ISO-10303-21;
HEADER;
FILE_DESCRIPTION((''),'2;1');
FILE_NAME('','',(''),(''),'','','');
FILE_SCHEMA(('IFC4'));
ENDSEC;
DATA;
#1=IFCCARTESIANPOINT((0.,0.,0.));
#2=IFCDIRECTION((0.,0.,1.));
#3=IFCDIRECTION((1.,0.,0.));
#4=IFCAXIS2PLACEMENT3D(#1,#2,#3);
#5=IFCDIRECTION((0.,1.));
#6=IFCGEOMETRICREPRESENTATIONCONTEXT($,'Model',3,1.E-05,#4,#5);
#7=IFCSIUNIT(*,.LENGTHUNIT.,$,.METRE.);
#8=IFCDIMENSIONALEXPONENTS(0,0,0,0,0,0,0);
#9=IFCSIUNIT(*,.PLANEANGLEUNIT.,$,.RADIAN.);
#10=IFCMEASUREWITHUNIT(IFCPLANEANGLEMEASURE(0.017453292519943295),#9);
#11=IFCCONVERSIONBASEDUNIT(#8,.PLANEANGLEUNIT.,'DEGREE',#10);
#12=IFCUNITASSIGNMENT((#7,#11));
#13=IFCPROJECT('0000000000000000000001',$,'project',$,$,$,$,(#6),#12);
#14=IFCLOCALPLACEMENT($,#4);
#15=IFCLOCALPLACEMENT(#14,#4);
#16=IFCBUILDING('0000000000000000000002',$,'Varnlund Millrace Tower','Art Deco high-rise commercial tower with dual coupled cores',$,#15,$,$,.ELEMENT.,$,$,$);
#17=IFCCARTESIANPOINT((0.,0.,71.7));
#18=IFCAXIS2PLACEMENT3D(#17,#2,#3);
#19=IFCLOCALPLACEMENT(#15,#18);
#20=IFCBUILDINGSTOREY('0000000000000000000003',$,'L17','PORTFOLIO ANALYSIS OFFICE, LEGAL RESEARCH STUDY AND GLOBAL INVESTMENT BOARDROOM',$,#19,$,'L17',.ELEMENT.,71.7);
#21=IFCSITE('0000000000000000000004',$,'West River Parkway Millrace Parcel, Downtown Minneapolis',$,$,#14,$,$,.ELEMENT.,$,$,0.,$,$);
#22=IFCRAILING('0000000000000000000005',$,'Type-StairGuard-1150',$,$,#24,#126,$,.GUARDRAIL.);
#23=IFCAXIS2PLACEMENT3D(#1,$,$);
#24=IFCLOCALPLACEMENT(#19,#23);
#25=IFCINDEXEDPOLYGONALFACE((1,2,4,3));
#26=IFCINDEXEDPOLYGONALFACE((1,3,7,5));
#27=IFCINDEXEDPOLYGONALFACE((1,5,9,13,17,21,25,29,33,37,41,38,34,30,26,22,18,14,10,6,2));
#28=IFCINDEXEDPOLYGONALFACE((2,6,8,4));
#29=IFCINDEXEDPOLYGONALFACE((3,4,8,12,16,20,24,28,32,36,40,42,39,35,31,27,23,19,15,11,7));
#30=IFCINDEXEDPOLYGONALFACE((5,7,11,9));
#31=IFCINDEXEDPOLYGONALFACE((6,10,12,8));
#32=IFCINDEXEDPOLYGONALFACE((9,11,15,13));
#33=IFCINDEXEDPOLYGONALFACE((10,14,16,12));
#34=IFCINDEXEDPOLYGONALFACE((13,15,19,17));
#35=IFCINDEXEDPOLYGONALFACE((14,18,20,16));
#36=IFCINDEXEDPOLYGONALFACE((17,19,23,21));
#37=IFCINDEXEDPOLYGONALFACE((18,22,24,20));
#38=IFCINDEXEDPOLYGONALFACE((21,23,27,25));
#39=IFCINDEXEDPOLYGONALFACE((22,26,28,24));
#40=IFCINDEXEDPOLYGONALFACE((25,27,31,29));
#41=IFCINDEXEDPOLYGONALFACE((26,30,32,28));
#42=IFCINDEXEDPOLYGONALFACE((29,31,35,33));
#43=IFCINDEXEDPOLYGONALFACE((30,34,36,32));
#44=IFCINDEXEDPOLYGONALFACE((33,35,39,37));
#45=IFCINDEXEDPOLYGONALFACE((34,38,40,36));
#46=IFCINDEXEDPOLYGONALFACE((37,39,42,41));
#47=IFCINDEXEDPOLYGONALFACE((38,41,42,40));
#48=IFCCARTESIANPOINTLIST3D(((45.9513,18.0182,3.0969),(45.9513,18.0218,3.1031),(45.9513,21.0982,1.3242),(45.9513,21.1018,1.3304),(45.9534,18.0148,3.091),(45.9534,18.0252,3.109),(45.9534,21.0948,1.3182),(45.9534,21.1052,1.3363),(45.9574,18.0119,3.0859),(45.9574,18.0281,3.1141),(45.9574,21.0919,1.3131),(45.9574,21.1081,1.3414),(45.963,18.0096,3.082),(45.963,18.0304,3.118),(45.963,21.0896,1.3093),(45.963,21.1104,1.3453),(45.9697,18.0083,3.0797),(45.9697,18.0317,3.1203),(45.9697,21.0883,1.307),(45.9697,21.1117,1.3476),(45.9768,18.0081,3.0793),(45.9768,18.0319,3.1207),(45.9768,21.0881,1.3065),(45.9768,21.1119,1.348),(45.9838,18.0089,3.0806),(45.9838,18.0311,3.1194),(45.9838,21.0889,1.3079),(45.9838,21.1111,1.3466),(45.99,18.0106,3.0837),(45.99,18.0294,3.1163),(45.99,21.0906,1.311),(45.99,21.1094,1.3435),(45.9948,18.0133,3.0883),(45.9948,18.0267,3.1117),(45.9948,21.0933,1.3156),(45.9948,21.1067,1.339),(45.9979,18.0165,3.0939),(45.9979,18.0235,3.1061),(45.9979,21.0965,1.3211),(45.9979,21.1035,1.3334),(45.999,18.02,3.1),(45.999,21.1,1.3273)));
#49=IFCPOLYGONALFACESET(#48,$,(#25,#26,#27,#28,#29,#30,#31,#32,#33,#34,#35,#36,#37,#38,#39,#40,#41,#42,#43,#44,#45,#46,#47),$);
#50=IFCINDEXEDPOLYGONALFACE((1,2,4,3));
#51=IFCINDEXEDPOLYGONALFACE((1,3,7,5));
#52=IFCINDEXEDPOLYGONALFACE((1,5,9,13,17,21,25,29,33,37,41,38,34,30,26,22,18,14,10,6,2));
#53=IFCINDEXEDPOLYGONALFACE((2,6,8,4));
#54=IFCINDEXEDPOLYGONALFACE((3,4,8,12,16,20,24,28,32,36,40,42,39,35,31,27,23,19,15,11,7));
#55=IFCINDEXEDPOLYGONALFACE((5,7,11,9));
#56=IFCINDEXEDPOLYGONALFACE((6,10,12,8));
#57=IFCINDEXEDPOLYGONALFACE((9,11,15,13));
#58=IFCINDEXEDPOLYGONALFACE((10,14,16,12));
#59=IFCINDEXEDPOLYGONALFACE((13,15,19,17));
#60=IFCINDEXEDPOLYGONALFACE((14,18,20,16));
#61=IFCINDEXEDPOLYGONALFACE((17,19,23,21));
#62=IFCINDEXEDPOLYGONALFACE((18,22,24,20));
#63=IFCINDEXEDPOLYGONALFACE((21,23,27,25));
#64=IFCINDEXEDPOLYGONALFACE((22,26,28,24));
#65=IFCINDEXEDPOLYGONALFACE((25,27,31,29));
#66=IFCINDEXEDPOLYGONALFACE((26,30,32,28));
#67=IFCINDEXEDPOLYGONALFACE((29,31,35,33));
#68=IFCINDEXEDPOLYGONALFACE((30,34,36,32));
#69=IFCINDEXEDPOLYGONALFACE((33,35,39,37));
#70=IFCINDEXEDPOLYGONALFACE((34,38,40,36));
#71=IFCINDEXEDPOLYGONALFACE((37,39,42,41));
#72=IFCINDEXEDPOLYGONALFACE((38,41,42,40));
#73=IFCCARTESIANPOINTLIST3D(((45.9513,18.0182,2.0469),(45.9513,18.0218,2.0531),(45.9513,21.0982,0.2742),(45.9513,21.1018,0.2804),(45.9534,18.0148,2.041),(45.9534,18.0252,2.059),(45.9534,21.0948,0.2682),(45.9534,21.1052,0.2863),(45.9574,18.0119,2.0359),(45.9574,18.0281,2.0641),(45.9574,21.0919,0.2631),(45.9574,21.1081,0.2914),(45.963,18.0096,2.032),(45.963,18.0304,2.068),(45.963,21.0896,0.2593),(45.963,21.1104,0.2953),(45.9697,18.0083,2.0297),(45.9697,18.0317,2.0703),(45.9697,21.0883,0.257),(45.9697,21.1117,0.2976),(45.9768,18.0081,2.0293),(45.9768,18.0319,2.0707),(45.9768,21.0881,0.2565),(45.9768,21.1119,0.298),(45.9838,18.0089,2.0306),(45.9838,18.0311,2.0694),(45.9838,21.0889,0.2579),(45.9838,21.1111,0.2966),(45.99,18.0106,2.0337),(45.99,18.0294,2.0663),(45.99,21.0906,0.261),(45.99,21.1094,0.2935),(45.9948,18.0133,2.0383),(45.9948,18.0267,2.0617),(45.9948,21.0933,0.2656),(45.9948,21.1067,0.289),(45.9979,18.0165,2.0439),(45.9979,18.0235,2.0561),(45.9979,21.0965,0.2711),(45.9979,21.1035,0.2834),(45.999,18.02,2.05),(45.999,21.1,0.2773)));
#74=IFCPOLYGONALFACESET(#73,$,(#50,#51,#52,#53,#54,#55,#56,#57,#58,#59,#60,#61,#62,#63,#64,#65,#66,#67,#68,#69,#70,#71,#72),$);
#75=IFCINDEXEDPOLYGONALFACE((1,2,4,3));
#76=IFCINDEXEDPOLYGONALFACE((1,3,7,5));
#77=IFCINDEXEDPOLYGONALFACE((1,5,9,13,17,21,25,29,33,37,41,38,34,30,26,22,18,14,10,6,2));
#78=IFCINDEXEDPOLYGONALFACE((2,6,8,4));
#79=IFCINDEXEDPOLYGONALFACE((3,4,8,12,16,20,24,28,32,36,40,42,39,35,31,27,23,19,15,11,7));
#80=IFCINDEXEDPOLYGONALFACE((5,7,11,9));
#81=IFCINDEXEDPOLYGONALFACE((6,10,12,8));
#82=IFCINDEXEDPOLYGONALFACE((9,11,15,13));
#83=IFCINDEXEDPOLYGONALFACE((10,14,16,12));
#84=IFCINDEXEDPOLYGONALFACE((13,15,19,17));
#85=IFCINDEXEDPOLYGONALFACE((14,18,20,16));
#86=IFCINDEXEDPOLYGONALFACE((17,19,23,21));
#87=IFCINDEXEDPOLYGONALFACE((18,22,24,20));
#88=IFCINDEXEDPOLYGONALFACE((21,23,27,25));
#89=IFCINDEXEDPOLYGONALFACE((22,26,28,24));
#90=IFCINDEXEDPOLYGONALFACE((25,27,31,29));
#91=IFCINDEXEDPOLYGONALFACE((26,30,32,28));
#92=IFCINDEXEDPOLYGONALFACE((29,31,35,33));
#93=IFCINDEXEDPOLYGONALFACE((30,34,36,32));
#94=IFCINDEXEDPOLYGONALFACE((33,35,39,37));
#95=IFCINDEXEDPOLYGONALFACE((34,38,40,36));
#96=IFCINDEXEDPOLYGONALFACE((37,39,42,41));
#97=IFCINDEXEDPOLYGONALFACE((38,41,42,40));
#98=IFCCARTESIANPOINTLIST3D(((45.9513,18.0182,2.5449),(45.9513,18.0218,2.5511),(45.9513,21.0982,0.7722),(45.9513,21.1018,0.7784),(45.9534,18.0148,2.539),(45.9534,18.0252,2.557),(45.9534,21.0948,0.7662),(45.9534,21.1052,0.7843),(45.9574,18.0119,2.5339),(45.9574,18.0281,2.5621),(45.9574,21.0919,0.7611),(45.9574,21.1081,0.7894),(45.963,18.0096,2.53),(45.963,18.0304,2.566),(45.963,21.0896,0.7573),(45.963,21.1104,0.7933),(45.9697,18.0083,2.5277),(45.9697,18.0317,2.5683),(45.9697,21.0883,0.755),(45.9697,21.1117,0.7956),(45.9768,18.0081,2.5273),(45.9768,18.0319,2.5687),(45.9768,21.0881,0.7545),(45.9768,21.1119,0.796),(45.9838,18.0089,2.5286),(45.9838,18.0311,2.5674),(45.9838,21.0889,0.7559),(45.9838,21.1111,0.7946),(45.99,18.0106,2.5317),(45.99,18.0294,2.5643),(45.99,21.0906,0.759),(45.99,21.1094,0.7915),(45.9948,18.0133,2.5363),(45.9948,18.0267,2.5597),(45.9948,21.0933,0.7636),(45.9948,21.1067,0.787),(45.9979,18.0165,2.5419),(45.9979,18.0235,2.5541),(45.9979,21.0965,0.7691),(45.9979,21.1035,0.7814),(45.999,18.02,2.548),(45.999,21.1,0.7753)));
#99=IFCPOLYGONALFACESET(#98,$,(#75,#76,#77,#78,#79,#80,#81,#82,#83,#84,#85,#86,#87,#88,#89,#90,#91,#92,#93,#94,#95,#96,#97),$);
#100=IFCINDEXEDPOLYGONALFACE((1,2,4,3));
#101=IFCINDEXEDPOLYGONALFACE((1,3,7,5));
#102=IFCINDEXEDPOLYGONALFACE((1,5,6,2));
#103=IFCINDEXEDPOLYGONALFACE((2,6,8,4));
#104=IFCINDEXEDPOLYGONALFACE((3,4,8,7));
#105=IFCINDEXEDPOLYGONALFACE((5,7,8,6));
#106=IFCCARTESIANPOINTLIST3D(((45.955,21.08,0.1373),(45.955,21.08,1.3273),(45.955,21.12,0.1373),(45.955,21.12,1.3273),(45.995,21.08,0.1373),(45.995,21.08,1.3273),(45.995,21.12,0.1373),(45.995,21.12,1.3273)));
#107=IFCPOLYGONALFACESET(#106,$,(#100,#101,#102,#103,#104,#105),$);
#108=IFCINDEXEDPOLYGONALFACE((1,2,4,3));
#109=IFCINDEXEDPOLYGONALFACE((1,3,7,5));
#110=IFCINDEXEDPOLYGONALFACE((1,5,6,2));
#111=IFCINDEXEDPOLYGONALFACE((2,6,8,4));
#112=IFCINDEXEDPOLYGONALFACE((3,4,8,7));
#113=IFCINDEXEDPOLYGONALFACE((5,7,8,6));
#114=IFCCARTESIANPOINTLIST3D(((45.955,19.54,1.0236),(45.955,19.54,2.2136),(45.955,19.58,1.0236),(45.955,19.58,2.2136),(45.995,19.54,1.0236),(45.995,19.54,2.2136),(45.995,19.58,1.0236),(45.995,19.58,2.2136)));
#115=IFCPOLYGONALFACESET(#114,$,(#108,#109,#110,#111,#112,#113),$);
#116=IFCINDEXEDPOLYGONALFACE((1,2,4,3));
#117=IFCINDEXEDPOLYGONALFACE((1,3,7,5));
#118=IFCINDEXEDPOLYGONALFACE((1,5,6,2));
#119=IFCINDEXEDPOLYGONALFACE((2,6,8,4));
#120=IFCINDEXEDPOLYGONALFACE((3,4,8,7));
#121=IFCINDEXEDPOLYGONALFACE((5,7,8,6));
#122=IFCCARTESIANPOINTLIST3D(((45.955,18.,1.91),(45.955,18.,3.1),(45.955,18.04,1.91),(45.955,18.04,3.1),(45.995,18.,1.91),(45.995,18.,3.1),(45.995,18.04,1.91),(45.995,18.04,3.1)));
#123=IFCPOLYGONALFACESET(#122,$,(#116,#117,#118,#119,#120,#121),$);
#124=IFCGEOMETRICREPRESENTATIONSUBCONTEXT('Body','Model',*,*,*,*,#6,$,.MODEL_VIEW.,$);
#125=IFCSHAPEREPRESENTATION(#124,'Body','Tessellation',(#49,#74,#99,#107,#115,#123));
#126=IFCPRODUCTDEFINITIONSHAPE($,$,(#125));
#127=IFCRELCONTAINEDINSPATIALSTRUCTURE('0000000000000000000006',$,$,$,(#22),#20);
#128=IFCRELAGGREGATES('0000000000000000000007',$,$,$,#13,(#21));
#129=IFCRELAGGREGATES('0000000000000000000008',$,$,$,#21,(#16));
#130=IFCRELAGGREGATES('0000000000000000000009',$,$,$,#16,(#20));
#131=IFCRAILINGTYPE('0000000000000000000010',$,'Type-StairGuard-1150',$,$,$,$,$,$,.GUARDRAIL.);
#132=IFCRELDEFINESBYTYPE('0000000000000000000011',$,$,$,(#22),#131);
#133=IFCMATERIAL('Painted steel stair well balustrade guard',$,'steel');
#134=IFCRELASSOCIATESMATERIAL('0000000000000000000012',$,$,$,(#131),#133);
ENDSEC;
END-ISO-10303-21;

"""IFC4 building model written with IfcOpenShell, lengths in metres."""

from ifc_helpers import new_model, entity, si_unit, converted_unit, direction, frame, origin_with_axes, origin_2d_with_axis, place, context, subcontext, project, spatial, rectangle, circle, extrude, material, type_object, element, save


model = new_model("IFC4")

# Units and contexts
model_context = context("Model", 3, precision=1e-05, world=origin_with_axes(), true_north=direction((0.0, 1.0)))
body_context = subcontext(model_context, "Body", "Model", "MODEL_VIEW")
ifc_project = project(units=[si_unit("LENGTHUNIT", "METRE"), converted_unit("PLANEANGLEUNIT", "DEGREE", entity("IfcPlaneAngleMeasure", 0.017453292519943295), si_unit("PLANEANGLEUNIT", "RADIAN"), dimensions=[0, 0, 0, 0, 0, 0, 0])], contexts=[model_context])

# Site, building, storey
site_placement = place(None, origin_with_axes())
site = spatial("IfcSite", under=ifc_project, at=site_placement, Name="West River Parkway Millrace Parcel, Downtown Minneapolis", CompositionType="ELEMENT", RefElevation=0.0)
building_placement = place(site_placement, origin_with_axes())
building = spatial("IfcBuilding", under=site, at=building_placement, Name="Varnlund Millrace Tower", Description="Art Deco high-rise commercial tower with dual coupled cores", CompositionType="ELEMENT")
storey_placement = place(building_placement, frame((0.0, 0.0, 71.7), z_axis=(0.0, 0.0, 1.0), x_axis=(1.0, 0.0, 0.0)))
storey = spatial("IfcBuildingStorey", under=building, at=storey_placement, Name="L17", Description="PORTFOLIO ANALYSIS OFFICE, LEGAL RESEARCH STUDY AND GLOBAL INVESTMENT BOARDROOM", LongName="L17", CompositionType="ELEMENT", Elevation=71.7)

# Railing
ifc_material_1 = material(Name="Painted steel stair well balustrade guard", Category="steel")
railing_type_1 = type_object("IfcRailingType", Name="Type-StairGuard-1150", PredefinedType="GUARDRAIL", material=ifc_material_1)
railing_1_placement = place(storey_placement, frame((0.0, 0.0, -71.7), z_axis=(0.0, 0.0, 1.0), x_axis=(1.0, 0.0, 0.0)))
element("IfcRailing", 1, at=railing_1_placement, inside=storey, type_object=railing_type_1, Name="Type-StairGuard-1150", PredefinedType="GUARDRAIL", context=body_context, shape_type="SweptSolid", body=[
    extrude(circle(Radius=0.024, at=origin_2d_with_axis()), frame((45.975, 21.1, 73.0273), z_axis=(0.0, -0.866696, 0.498836), x_axis=(1.0, 0.0, 0.0)), (0.0, 0.0, 1.0), 3.5537),
    extrude(circle(Radius=0.024, at=origin_2d_with_axis()), frame((45.975, 21.1, 71.9773), z_axis=(0.0, -0.866696, 0.498836), x_axis=(1.0, 0.0, 0.0)), (0.0, 0.0, 1.0), 3.5537),
    extrude(circle(Radius=0.024, at=origin_2d_with_axis()), frame((45.975, 21.1, 72.4753), z_axis=(0.0, -0.866696, 0.498836), x_axis=(1.0, 0.0, 0.0)), (0.0, 0.0, 1.0), 3.5537),
    extrude(rectangle(XDim=0.04, YDim=0.04, at=origin_2d_with_axis()), frame((45.975, 21.1, 71.8373), z_axis=(0.0, 0.0, 1.0), x_axis=(1.0, 0.0, 0.0)), (0.0, 0.0, 1.0), 1.19),
    extrude(rectangle(XDim=0.04, YDim=0.04, at=origin_2d_with_axis()), frame((45.975, 19.56, 72.7236), z_axis=(0.0, 0.0, 1.0), x_axis=(1.0, 0.0, 0.0)), (0.0, 0.0, 1.0), 1.19),
    extrude(rectangle(XDim=0.04, YDim=0.04, at=origin_2d_with_axis()), frame((45.975, 18.02, 73.61), z_axis=(0.0, 0.0, 1.0), x_axis=(1.0, 0.0, 0.0)), (0.0, 0.0, 1.0), 1.19),
])

save(model, "model.ifc")
